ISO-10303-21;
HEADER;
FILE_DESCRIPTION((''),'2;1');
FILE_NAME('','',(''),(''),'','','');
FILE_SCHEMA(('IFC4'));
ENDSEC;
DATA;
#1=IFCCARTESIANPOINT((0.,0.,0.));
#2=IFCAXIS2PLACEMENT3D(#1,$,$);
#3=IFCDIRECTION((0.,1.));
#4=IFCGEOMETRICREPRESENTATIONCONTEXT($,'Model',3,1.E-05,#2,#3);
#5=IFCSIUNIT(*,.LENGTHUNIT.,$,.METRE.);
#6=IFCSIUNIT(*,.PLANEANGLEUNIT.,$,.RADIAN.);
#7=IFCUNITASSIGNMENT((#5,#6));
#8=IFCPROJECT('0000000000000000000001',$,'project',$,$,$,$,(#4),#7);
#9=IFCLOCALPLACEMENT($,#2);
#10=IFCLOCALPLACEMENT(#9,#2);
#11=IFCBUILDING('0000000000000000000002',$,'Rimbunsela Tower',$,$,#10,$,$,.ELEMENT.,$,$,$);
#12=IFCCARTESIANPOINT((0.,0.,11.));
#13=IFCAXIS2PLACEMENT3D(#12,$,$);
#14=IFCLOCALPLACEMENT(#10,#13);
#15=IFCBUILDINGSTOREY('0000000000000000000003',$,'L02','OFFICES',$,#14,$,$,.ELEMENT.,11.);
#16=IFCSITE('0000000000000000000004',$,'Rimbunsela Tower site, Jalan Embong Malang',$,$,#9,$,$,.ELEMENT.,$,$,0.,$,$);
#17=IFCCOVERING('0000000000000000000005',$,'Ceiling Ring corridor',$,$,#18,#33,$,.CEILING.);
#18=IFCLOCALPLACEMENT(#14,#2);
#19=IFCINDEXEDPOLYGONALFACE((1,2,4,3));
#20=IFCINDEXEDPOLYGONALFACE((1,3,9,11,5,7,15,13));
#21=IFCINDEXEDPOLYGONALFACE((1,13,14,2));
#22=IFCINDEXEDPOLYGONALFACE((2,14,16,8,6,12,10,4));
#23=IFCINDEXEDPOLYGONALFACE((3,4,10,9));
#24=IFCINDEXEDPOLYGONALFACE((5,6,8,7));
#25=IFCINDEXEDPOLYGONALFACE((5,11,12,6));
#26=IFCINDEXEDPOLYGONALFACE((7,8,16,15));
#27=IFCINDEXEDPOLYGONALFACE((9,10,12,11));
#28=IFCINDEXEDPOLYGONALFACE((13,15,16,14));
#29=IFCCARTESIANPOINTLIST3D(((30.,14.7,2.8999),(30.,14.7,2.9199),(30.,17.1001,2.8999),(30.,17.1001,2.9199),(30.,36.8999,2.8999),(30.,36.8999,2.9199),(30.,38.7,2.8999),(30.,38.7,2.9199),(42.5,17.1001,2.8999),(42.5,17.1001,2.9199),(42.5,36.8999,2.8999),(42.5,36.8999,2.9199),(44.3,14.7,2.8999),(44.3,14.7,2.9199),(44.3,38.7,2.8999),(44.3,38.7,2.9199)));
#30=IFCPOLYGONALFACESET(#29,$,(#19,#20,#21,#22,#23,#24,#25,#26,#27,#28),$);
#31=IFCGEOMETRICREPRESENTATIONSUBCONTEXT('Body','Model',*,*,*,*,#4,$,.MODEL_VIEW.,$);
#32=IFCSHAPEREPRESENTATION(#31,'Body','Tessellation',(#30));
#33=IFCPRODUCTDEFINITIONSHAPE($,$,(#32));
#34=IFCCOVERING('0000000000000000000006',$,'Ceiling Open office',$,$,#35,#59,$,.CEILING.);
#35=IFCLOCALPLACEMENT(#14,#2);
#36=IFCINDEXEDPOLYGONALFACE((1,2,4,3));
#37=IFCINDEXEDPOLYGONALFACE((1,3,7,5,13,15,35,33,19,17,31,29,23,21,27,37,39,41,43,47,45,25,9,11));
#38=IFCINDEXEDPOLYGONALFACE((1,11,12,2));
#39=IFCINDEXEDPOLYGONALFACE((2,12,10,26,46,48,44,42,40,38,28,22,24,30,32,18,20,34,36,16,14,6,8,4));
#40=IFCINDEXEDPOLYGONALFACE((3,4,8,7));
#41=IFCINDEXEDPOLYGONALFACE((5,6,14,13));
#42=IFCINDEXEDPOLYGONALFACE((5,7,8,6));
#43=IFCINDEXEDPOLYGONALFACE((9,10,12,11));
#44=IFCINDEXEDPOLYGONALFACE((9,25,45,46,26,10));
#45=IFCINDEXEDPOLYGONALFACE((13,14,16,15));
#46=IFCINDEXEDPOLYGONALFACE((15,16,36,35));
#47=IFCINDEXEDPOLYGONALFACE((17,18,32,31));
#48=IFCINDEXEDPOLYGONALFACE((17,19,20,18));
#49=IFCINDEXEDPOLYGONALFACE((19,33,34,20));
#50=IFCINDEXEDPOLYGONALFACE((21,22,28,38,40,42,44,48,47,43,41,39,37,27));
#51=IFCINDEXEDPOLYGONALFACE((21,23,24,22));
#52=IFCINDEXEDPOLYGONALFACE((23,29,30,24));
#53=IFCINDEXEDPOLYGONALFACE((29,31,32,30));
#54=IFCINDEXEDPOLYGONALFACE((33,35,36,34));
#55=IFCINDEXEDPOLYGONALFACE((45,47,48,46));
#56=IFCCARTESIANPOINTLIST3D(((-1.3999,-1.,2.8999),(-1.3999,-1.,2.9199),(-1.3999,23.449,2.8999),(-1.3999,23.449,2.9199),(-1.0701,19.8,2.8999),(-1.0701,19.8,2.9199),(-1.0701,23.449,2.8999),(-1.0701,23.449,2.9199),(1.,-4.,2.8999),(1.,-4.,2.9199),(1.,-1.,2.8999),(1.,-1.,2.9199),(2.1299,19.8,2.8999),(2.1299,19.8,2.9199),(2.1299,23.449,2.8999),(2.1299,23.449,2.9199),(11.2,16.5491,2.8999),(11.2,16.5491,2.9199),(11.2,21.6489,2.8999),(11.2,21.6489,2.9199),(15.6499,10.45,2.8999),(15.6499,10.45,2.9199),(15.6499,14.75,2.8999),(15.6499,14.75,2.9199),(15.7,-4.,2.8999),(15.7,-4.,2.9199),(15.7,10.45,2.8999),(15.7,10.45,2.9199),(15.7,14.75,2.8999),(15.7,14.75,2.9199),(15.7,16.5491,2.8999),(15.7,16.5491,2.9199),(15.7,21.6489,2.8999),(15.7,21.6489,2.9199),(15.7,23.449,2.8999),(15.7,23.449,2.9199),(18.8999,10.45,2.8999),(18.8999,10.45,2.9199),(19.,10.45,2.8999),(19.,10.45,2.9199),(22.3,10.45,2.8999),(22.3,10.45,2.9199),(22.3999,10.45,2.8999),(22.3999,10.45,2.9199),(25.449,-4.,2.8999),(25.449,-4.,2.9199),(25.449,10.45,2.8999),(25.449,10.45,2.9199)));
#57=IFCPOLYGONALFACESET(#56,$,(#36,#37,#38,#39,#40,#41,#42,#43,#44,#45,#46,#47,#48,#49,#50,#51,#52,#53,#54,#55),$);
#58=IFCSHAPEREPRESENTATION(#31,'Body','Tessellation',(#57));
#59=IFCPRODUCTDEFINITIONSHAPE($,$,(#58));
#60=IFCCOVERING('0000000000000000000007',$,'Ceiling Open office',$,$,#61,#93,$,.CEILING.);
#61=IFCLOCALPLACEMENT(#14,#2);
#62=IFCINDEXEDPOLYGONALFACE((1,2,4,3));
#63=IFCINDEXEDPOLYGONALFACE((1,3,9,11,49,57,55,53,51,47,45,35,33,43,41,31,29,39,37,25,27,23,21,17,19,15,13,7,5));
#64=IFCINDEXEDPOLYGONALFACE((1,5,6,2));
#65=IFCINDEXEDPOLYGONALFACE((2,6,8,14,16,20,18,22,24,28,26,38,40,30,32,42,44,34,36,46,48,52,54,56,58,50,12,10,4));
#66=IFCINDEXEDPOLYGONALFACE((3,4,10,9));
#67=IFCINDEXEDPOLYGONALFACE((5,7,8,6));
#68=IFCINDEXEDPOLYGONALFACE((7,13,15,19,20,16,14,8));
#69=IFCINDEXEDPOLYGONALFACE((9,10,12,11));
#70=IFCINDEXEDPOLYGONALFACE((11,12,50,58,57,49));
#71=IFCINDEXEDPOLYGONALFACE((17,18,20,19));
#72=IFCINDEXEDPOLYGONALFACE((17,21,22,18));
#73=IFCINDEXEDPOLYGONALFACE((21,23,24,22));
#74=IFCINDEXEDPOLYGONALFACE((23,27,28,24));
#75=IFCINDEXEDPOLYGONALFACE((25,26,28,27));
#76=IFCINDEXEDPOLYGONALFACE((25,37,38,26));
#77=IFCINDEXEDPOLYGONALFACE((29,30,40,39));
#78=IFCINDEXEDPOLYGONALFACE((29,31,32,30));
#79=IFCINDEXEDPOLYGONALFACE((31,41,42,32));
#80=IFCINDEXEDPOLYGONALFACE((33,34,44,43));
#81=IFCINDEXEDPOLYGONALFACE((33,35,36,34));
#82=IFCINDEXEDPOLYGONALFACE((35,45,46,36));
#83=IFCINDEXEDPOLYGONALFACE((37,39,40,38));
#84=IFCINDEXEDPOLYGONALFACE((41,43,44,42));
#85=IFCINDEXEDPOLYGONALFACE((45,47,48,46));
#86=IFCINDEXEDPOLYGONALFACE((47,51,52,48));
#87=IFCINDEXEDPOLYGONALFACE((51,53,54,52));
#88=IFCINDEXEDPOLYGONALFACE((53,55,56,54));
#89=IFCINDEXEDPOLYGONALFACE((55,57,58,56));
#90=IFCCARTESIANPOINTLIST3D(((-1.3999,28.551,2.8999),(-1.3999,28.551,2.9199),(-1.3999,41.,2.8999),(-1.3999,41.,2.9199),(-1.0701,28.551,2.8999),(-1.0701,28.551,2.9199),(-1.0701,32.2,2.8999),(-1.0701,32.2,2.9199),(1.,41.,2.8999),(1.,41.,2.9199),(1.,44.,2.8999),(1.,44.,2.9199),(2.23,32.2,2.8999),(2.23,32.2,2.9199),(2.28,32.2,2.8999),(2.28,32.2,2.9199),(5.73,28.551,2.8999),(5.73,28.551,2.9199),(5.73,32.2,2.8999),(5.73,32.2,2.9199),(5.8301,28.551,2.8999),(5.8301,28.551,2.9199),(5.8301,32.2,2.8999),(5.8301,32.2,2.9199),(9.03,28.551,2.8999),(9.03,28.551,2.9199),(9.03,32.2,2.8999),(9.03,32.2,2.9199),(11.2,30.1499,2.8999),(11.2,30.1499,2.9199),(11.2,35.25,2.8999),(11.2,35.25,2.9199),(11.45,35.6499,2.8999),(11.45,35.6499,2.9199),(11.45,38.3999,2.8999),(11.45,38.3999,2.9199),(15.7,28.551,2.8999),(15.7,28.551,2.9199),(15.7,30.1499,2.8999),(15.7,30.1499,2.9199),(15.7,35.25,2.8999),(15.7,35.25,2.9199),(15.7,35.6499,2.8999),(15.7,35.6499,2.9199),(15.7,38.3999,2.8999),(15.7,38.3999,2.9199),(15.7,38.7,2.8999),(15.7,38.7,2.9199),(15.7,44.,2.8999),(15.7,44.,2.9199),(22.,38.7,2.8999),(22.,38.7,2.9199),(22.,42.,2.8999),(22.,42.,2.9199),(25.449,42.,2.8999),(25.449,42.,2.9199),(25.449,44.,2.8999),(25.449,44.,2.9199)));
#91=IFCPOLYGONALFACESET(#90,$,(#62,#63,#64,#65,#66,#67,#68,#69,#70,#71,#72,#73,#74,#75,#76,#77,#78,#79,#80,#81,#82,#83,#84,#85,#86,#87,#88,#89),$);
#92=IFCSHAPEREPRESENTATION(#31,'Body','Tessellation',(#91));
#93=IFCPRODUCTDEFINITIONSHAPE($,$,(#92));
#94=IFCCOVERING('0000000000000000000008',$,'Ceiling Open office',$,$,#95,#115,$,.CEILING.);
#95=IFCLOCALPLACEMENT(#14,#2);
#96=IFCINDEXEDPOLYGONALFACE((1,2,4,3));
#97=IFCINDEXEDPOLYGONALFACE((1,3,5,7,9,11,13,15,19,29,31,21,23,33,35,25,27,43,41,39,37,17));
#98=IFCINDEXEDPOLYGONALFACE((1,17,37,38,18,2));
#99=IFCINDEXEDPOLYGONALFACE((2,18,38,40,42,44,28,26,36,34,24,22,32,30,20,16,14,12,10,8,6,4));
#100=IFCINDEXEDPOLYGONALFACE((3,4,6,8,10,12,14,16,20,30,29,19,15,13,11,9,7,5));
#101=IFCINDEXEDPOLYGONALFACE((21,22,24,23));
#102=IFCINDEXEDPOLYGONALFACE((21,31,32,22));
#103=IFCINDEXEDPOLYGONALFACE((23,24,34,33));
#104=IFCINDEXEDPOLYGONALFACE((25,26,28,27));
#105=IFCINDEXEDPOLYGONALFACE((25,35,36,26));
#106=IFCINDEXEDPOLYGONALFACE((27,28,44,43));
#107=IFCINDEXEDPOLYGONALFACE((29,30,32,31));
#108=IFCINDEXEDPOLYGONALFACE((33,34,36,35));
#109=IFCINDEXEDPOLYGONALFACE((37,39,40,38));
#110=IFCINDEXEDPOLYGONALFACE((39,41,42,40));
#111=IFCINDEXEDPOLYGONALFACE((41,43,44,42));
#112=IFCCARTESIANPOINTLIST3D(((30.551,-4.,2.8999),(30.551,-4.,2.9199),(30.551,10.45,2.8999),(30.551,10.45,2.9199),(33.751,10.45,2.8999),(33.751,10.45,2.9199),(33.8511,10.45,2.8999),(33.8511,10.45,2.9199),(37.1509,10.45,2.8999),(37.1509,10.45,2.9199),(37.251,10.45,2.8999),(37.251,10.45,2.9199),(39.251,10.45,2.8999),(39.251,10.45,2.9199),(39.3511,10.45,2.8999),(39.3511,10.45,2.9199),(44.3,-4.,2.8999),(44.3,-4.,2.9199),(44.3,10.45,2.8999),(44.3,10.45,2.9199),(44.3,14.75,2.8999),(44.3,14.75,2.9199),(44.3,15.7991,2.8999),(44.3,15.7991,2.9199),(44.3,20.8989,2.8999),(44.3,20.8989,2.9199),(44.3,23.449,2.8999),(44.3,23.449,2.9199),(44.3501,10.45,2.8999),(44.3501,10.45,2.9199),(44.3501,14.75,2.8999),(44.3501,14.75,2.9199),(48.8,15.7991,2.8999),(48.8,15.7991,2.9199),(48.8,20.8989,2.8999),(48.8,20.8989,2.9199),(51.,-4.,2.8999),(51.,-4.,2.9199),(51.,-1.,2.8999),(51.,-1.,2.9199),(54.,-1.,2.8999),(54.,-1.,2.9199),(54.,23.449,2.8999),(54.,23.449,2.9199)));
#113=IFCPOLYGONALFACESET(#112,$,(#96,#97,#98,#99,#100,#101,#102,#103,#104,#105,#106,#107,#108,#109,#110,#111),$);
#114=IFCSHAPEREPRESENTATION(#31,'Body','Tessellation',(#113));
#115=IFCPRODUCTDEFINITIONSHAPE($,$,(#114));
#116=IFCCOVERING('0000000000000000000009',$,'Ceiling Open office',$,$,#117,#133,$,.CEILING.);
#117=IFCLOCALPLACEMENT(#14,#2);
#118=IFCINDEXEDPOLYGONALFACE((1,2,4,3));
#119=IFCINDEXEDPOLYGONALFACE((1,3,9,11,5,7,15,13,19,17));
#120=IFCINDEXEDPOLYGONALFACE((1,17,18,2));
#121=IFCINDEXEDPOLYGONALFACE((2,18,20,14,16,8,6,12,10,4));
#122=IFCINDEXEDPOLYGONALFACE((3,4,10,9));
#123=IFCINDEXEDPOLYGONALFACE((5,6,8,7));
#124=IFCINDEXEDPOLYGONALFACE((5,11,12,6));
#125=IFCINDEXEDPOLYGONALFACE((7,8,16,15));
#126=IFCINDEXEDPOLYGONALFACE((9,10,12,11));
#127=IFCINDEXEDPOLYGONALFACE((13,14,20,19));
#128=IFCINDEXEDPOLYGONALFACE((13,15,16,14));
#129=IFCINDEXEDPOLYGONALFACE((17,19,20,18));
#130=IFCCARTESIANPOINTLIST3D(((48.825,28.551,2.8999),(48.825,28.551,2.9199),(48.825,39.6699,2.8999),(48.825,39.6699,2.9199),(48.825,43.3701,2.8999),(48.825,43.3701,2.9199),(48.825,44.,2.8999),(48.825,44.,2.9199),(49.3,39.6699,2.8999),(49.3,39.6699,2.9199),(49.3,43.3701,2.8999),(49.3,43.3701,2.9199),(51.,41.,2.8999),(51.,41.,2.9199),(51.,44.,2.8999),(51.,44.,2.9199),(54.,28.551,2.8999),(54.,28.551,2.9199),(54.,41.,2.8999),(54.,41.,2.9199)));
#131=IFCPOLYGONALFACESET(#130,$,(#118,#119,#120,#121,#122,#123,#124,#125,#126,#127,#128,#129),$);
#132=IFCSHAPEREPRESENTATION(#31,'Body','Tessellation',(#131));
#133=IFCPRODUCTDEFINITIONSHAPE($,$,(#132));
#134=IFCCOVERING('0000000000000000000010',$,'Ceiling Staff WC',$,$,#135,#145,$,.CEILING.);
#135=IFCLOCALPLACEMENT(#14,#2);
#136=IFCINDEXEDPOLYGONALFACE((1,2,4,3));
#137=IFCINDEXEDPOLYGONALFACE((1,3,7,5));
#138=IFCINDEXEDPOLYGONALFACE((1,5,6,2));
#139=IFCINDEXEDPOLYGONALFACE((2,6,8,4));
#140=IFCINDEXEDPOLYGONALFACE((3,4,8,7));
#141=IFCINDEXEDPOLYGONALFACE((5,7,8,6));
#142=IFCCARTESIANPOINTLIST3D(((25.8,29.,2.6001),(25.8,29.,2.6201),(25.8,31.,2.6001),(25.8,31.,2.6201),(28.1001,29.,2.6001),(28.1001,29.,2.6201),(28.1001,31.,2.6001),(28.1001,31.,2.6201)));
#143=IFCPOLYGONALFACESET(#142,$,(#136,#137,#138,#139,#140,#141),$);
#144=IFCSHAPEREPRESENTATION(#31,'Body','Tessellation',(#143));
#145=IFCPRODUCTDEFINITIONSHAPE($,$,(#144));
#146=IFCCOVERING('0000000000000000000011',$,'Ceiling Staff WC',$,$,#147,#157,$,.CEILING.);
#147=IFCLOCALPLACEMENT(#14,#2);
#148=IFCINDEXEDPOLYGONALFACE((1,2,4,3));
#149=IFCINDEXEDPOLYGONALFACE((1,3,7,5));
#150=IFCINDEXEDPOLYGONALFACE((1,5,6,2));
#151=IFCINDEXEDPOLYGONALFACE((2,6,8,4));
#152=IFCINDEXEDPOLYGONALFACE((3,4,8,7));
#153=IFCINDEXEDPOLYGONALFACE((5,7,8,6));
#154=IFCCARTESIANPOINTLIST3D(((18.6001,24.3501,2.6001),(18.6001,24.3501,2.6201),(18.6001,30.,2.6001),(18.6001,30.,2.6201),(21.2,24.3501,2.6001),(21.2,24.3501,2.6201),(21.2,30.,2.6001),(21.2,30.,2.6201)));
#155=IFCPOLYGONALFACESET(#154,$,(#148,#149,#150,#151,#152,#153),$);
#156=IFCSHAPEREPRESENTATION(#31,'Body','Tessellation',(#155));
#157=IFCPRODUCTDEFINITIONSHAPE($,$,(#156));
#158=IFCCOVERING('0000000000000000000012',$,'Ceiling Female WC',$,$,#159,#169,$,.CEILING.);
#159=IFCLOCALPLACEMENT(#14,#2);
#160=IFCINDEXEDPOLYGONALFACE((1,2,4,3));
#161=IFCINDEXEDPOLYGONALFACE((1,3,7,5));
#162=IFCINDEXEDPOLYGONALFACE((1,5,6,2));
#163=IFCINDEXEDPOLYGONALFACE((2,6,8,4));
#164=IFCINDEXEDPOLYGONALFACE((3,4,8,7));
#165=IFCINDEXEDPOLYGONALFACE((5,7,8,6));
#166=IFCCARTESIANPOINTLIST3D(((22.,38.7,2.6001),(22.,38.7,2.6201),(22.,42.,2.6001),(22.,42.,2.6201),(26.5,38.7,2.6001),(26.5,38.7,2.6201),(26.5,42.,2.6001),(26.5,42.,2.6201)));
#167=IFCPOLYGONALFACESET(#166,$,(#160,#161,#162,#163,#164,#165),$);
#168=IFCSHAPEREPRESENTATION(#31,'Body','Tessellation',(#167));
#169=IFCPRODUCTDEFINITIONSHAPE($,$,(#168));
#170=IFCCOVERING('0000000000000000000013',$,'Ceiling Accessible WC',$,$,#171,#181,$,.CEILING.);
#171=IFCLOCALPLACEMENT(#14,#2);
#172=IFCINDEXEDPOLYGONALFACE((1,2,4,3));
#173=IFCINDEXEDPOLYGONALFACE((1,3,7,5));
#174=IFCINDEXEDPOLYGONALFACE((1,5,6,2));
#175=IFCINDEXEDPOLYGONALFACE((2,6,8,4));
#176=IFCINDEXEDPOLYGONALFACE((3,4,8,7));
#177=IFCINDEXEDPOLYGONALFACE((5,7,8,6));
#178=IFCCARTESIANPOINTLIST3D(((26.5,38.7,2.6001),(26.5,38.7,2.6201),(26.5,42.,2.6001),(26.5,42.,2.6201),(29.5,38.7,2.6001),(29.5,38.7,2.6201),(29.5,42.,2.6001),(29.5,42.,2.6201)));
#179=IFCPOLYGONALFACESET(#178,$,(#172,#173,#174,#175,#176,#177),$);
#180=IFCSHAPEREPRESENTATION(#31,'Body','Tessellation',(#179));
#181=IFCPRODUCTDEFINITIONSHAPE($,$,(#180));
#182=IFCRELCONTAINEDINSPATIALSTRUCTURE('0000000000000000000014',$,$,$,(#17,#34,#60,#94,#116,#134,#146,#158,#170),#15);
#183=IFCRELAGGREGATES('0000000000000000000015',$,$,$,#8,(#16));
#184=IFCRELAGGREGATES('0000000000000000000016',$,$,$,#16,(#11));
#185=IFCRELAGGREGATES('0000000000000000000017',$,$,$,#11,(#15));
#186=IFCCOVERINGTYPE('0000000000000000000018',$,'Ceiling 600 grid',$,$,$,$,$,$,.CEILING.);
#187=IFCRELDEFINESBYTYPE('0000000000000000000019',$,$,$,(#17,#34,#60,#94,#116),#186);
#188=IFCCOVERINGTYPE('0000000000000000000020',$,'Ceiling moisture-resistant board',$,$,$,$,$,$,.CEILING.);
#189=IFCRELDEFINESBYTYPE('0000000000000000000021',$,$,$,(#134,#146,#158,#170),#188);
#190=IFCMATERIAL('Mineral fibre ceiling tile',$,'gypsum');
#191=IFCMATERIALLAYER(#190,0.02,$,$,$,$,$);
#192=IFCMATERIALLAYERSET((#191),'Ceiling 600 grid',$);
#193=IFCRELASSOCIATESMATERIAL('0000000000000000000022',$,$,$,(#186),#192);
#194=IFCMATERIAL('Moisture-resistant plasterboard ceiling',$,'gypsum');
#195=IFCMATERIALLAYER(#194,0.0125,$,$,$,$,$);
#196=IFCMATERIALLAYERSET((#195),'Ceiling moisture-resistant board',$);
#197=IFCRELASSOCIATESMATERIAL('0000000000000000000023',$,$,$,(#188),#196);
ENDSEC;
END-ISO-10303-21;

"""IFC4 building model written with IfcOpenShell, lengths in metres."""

from ifc_helpers import new_model, si_unit, direction, frame, origin, place, context, subcontext, project, spatial, polyline, outline, extrude, material, layer, layer_set, type_object, element, save


model = new_model("IFC4")

# Units and contexts
model_context = context("Model", 3, precision=1e-05, world=origin(), true_north=direction((0.0, 1.0)))
body_context = subcontext(model_context, "Body", "Model", "MODEL_VIEW")
ifc_project = project(units=[si_unit("LENGTHUNIT", "METRE"), si_unit("PLANEANGLEUNIT", "RADIAN")], contexts=[model_context])

# Site, building, storey
site_placement = place(None, origin())
site = spatial("IfcSite", under=ifc_project, at=site_placement, Name="Rimbunsela Tower site, Jalan Embong Malang", CompositionType="ELEMENT", RefElevation=0.0)
building_placement = place(site_placement, origin())
building = spatial("IfcBuilding", under=site, at=building_placement, Name="Rimbunsela Tower", CompositionType="ELEMENT")
storey_placement = place(building_placement, frame((0.0, 0.0, 11.0)))
storey = spatial("IfcBuildingStorey", under=building, at=storey_placement, Name="L02", Description="OFFICES", CompositionType="ELEMENT", Elevation=11.0)

# Coverings
ifc_material_1 = material(Name="Mineral fibre ceiling tile", Category="gypsum")
ifc_layer_1 = layer(ifc_material_1, 0.02)
ifc_layer_set_1 = layer_set([ifc_layer_1], Name="Ceiling 600 grid")
covering_type_1 = type_object("IfcCoveringType", Name="Ceiling 600 grid", PredefinedType="CEILING", material=ifc_layer_set_1)
covering_1_placement = place(storey_placement, frame((0.0, 0.0, 2.8999)))
element("IfcCovering", 1, at=covering_1_placement, inside=storey, type_object=covering_type_1, Name="Ceiling Ring corridor", PredefinedType="CEILING", context=body_context, shape_type="SweptSolid", body=[
    extrude(outline(polyline([(44.3, 38.7), (44.3, 14.7), (30.0, 14.7), (30.0, 17.1001), (42.5, 17.1001), (42.5, 36.8999), (30.0, 36.8999), (30.0, 38.7), (44.3, 38.7)])), origin(), (0.0, 0.0, 1.0), 0.02),
])
covering_2_placement = place(storey_placement, frame((0.0, 0.0, 2.8999)))
element("IfcCovering", 2, at=covering_2_placement, inside=storey, type_object=covering_type_1, Name="Ceiling Open office", PredefinedType="CEILING", context=body_context, shape_type="SweptSolid", body=[
    extrude(outline(polyline([(19.0, 10.45), (22.3, 10.45), (22.3999, 10.45), (25.449, 10.45), (25.449, -4.0), (15.7, -4.0), (1.0, -4.0), (1.0, -1.0), (-1.3999, -1.0), (-1.3999, 23.449), (-1.0701, 23.449), (-1.0701, 19.8), (2.1299, 19.8), (2.1299, 23.449), (15.7, 23.449), (15.7, 21.6489), (11.2, 21.6489), (11.2, 16.5491), (15.7, 16.5491), (15.7, 14.75), (15.6499, 14.75), (15.6499, 10.45), (15.7, 10.45), (18.8999, 10.45), (19.0, 10.45)])), origin(), (0.0, 0.0, 1.0), 0.02),
])
covering_3_placement = place(storey_placement, frame((0.0, 0.0, 2.8999)))
element("IfcCovering", 3, at=covering_3_placement, inside=storey, type_object=covering_type_1, Name="Ceiling Open office", PredefinedType="CEILING", context=body_context, shape_type="SweptSolid", body=[
    extrude(outline(polyline([(11.45, 35.6499), (15.7, 35.6499), (15.7, 35.25), (11.2, 35.25), (11.2, 30.1499), (15.7, 30.1499), (15.7, 28.551), (9.03, 28.551), (9.03, 32.2), (5.8301, 32.2), (5.8301, 28.551), (5.73, 28.551), (5.73, 32.2), (2.28, 32.2), (2.23, 32.2), (-1.0701, 32.2), (-1.0701, 28.551), (-1.3999, 28.551), (-1.3999, 41.0), (1.0, 41.0), (1.0, 44.0), (15.7, 44.0), (25.449, 44.0), (25.449, 42.0), (22.0, 42.0), (22.0, 38.7), (15.7, 38.7), (15.7, 38.3999), (11.45, 38.3999), (11.45, 35.6499)])), origin(), (0.0, 0.0, 1.0), 0.02),
])
covering_4_placement = place(storey_placement, frame((0.0, 0.0, 2.8999)))
element("IfcCovering", 4, at=covering_4_placement, inside=storey, type_object=covering_type_1, Name="Ceiling Open office", PredefinedType="CEILING", context=body_context, shape_type="SweptSolid", body=[
    extrude(outline(polyline([(37.1509, 10.45), (37.251, 10.45), (39.251, 10.45), (39.3511, 10.45), (44.3, 10.45), (44.3501, 10.45), (44.3501, 14.75), (44.3, 14.75), (44.3, 15.7991), (48.8, 15.7991), (48.8, 20.8989), (44.3, 20.8989), (44.3, 23.449), (54.0, 23.449), (54.0, -1.0), (51.0, -1.0), (51.0, -4.0), (44.3, -4.0), (30.551, -4.0), (30.551, 10.45), (33.751, 10.45), (33.8511, 10.45), (37.1509, 10.45)])), origin(), (0.0, 0.0, 1.0), 0.02),
])
covering_5_placement = place(storey_placement, frame((0.0, 0.0, 2.8999)))
element("IfcCovering", 5, at=covering_5_placement, inside=storey, type_object=covering_type_1, Name="Ceiling Open office", PredefinedType="CEILING", context=body_context, shape_type="SweptSolid", body=[
    extrude(outline(polyline([(51.0, 41.0), (54.0, 41.0), (54.0, 28.551), (48.825, 28.551), (48.825, 39.6699), (49.3, 39.6699), (49.3, 43.3701), (48.825, 43.3701), (48.825, 44.0), (51.0, 44.0), (51.0, 41.0)])), origin(), (0.0, 0.0, 1.0), 0.02),
])
ifc_material_2 = material(Name="Moisture-resistant plasterboard ceiling", Category="gypsum")
ifc_layer_2 = layer(ifc_material_2, 0.0125)
ifc_layer_set_2 = layer_set([ifc_layer_2], Name="Ceiling moisture-resistant board")
covering_type_2 = type_object("IfcCoveringType", Name="Ceiling moisture-resistant board", PredefinedType="CEILING", material=ifc_layer_set_2)
covering_6_placement = place(storey_placement, frame((0.0, 0.0, 2.6001)))
element("IfcCovering", 6, at=covering_6_placement, inside=storey, type_object=covering_type_2, Name="Ceiling Staff WC", PredefinedType="CEILING", context=body_context, shape_type="SweptSolid", body=[
    extrude(outline(polyline([(28.1001, 29.0), (28.1001, 31.0), (25.8, 31.0), (25.8, 29.0), (28.1001, 29.0)])), origin(), (0.0, 0.0, 1.0), 0.02),
])
covering_7_placement = place(storey_placement, frame((0.0, 0.0, 2.6001)))
element("IfcCovering", 7, at=covering_7_placement, inside=storey, type_object=covering_type_2, Name="Ceiling Staff WC", PredefinedType="CEILING", context=body_context, shape_type="SweptSolid", body=[
    extrude(outline(polyline([(21.2, 24.3501), (21.2, 30.0), (18.6001, 30.0), (18.6001, 24.3501), (21.2, 24.3501)])), origin(), (0.0, 0.0, 1.0), 0.02),
])
covering_8_placement = place(storey_placement, frame((0.0, 0.0, 2.6001)))
element("IfcCovering", 8, at=covering_8_placement, inside=storey, type_object=covering_type_2, Name="Ceiling Female WC", PredefinedType="CEILING", context=body_context, shape_type="SweptSolid", body=[
    extrude(outline(polyline([(26.5, 38.7), (26.5, 42.0), (22.0, 42.0), (22.0, 38.7), (26.5, 38.7)])), origin(), (0.0, 0.0, 1.0), 0.02),
])
covering_9_placement = place(storey_placement, frame((0.0, 0.0, 2.6001)))
element("IfcCovering", 9, at=covering_9_placement, inside=storey, type_object=covering_type_2, Name="Ceiling Accessible WC", PredefinedType="CEILING", context=body_context, shape_type="SweptSolid", body=[
    extrude(outline(polyline([(29.5, 38.7), (29.5, 42.0), (26.5, 42.0), (26.5, 38.7), (29.5, 38.7)])), origin(), (0.0, 0.0, 1.0), 0.02),
])

save(model, "model.ifc")
